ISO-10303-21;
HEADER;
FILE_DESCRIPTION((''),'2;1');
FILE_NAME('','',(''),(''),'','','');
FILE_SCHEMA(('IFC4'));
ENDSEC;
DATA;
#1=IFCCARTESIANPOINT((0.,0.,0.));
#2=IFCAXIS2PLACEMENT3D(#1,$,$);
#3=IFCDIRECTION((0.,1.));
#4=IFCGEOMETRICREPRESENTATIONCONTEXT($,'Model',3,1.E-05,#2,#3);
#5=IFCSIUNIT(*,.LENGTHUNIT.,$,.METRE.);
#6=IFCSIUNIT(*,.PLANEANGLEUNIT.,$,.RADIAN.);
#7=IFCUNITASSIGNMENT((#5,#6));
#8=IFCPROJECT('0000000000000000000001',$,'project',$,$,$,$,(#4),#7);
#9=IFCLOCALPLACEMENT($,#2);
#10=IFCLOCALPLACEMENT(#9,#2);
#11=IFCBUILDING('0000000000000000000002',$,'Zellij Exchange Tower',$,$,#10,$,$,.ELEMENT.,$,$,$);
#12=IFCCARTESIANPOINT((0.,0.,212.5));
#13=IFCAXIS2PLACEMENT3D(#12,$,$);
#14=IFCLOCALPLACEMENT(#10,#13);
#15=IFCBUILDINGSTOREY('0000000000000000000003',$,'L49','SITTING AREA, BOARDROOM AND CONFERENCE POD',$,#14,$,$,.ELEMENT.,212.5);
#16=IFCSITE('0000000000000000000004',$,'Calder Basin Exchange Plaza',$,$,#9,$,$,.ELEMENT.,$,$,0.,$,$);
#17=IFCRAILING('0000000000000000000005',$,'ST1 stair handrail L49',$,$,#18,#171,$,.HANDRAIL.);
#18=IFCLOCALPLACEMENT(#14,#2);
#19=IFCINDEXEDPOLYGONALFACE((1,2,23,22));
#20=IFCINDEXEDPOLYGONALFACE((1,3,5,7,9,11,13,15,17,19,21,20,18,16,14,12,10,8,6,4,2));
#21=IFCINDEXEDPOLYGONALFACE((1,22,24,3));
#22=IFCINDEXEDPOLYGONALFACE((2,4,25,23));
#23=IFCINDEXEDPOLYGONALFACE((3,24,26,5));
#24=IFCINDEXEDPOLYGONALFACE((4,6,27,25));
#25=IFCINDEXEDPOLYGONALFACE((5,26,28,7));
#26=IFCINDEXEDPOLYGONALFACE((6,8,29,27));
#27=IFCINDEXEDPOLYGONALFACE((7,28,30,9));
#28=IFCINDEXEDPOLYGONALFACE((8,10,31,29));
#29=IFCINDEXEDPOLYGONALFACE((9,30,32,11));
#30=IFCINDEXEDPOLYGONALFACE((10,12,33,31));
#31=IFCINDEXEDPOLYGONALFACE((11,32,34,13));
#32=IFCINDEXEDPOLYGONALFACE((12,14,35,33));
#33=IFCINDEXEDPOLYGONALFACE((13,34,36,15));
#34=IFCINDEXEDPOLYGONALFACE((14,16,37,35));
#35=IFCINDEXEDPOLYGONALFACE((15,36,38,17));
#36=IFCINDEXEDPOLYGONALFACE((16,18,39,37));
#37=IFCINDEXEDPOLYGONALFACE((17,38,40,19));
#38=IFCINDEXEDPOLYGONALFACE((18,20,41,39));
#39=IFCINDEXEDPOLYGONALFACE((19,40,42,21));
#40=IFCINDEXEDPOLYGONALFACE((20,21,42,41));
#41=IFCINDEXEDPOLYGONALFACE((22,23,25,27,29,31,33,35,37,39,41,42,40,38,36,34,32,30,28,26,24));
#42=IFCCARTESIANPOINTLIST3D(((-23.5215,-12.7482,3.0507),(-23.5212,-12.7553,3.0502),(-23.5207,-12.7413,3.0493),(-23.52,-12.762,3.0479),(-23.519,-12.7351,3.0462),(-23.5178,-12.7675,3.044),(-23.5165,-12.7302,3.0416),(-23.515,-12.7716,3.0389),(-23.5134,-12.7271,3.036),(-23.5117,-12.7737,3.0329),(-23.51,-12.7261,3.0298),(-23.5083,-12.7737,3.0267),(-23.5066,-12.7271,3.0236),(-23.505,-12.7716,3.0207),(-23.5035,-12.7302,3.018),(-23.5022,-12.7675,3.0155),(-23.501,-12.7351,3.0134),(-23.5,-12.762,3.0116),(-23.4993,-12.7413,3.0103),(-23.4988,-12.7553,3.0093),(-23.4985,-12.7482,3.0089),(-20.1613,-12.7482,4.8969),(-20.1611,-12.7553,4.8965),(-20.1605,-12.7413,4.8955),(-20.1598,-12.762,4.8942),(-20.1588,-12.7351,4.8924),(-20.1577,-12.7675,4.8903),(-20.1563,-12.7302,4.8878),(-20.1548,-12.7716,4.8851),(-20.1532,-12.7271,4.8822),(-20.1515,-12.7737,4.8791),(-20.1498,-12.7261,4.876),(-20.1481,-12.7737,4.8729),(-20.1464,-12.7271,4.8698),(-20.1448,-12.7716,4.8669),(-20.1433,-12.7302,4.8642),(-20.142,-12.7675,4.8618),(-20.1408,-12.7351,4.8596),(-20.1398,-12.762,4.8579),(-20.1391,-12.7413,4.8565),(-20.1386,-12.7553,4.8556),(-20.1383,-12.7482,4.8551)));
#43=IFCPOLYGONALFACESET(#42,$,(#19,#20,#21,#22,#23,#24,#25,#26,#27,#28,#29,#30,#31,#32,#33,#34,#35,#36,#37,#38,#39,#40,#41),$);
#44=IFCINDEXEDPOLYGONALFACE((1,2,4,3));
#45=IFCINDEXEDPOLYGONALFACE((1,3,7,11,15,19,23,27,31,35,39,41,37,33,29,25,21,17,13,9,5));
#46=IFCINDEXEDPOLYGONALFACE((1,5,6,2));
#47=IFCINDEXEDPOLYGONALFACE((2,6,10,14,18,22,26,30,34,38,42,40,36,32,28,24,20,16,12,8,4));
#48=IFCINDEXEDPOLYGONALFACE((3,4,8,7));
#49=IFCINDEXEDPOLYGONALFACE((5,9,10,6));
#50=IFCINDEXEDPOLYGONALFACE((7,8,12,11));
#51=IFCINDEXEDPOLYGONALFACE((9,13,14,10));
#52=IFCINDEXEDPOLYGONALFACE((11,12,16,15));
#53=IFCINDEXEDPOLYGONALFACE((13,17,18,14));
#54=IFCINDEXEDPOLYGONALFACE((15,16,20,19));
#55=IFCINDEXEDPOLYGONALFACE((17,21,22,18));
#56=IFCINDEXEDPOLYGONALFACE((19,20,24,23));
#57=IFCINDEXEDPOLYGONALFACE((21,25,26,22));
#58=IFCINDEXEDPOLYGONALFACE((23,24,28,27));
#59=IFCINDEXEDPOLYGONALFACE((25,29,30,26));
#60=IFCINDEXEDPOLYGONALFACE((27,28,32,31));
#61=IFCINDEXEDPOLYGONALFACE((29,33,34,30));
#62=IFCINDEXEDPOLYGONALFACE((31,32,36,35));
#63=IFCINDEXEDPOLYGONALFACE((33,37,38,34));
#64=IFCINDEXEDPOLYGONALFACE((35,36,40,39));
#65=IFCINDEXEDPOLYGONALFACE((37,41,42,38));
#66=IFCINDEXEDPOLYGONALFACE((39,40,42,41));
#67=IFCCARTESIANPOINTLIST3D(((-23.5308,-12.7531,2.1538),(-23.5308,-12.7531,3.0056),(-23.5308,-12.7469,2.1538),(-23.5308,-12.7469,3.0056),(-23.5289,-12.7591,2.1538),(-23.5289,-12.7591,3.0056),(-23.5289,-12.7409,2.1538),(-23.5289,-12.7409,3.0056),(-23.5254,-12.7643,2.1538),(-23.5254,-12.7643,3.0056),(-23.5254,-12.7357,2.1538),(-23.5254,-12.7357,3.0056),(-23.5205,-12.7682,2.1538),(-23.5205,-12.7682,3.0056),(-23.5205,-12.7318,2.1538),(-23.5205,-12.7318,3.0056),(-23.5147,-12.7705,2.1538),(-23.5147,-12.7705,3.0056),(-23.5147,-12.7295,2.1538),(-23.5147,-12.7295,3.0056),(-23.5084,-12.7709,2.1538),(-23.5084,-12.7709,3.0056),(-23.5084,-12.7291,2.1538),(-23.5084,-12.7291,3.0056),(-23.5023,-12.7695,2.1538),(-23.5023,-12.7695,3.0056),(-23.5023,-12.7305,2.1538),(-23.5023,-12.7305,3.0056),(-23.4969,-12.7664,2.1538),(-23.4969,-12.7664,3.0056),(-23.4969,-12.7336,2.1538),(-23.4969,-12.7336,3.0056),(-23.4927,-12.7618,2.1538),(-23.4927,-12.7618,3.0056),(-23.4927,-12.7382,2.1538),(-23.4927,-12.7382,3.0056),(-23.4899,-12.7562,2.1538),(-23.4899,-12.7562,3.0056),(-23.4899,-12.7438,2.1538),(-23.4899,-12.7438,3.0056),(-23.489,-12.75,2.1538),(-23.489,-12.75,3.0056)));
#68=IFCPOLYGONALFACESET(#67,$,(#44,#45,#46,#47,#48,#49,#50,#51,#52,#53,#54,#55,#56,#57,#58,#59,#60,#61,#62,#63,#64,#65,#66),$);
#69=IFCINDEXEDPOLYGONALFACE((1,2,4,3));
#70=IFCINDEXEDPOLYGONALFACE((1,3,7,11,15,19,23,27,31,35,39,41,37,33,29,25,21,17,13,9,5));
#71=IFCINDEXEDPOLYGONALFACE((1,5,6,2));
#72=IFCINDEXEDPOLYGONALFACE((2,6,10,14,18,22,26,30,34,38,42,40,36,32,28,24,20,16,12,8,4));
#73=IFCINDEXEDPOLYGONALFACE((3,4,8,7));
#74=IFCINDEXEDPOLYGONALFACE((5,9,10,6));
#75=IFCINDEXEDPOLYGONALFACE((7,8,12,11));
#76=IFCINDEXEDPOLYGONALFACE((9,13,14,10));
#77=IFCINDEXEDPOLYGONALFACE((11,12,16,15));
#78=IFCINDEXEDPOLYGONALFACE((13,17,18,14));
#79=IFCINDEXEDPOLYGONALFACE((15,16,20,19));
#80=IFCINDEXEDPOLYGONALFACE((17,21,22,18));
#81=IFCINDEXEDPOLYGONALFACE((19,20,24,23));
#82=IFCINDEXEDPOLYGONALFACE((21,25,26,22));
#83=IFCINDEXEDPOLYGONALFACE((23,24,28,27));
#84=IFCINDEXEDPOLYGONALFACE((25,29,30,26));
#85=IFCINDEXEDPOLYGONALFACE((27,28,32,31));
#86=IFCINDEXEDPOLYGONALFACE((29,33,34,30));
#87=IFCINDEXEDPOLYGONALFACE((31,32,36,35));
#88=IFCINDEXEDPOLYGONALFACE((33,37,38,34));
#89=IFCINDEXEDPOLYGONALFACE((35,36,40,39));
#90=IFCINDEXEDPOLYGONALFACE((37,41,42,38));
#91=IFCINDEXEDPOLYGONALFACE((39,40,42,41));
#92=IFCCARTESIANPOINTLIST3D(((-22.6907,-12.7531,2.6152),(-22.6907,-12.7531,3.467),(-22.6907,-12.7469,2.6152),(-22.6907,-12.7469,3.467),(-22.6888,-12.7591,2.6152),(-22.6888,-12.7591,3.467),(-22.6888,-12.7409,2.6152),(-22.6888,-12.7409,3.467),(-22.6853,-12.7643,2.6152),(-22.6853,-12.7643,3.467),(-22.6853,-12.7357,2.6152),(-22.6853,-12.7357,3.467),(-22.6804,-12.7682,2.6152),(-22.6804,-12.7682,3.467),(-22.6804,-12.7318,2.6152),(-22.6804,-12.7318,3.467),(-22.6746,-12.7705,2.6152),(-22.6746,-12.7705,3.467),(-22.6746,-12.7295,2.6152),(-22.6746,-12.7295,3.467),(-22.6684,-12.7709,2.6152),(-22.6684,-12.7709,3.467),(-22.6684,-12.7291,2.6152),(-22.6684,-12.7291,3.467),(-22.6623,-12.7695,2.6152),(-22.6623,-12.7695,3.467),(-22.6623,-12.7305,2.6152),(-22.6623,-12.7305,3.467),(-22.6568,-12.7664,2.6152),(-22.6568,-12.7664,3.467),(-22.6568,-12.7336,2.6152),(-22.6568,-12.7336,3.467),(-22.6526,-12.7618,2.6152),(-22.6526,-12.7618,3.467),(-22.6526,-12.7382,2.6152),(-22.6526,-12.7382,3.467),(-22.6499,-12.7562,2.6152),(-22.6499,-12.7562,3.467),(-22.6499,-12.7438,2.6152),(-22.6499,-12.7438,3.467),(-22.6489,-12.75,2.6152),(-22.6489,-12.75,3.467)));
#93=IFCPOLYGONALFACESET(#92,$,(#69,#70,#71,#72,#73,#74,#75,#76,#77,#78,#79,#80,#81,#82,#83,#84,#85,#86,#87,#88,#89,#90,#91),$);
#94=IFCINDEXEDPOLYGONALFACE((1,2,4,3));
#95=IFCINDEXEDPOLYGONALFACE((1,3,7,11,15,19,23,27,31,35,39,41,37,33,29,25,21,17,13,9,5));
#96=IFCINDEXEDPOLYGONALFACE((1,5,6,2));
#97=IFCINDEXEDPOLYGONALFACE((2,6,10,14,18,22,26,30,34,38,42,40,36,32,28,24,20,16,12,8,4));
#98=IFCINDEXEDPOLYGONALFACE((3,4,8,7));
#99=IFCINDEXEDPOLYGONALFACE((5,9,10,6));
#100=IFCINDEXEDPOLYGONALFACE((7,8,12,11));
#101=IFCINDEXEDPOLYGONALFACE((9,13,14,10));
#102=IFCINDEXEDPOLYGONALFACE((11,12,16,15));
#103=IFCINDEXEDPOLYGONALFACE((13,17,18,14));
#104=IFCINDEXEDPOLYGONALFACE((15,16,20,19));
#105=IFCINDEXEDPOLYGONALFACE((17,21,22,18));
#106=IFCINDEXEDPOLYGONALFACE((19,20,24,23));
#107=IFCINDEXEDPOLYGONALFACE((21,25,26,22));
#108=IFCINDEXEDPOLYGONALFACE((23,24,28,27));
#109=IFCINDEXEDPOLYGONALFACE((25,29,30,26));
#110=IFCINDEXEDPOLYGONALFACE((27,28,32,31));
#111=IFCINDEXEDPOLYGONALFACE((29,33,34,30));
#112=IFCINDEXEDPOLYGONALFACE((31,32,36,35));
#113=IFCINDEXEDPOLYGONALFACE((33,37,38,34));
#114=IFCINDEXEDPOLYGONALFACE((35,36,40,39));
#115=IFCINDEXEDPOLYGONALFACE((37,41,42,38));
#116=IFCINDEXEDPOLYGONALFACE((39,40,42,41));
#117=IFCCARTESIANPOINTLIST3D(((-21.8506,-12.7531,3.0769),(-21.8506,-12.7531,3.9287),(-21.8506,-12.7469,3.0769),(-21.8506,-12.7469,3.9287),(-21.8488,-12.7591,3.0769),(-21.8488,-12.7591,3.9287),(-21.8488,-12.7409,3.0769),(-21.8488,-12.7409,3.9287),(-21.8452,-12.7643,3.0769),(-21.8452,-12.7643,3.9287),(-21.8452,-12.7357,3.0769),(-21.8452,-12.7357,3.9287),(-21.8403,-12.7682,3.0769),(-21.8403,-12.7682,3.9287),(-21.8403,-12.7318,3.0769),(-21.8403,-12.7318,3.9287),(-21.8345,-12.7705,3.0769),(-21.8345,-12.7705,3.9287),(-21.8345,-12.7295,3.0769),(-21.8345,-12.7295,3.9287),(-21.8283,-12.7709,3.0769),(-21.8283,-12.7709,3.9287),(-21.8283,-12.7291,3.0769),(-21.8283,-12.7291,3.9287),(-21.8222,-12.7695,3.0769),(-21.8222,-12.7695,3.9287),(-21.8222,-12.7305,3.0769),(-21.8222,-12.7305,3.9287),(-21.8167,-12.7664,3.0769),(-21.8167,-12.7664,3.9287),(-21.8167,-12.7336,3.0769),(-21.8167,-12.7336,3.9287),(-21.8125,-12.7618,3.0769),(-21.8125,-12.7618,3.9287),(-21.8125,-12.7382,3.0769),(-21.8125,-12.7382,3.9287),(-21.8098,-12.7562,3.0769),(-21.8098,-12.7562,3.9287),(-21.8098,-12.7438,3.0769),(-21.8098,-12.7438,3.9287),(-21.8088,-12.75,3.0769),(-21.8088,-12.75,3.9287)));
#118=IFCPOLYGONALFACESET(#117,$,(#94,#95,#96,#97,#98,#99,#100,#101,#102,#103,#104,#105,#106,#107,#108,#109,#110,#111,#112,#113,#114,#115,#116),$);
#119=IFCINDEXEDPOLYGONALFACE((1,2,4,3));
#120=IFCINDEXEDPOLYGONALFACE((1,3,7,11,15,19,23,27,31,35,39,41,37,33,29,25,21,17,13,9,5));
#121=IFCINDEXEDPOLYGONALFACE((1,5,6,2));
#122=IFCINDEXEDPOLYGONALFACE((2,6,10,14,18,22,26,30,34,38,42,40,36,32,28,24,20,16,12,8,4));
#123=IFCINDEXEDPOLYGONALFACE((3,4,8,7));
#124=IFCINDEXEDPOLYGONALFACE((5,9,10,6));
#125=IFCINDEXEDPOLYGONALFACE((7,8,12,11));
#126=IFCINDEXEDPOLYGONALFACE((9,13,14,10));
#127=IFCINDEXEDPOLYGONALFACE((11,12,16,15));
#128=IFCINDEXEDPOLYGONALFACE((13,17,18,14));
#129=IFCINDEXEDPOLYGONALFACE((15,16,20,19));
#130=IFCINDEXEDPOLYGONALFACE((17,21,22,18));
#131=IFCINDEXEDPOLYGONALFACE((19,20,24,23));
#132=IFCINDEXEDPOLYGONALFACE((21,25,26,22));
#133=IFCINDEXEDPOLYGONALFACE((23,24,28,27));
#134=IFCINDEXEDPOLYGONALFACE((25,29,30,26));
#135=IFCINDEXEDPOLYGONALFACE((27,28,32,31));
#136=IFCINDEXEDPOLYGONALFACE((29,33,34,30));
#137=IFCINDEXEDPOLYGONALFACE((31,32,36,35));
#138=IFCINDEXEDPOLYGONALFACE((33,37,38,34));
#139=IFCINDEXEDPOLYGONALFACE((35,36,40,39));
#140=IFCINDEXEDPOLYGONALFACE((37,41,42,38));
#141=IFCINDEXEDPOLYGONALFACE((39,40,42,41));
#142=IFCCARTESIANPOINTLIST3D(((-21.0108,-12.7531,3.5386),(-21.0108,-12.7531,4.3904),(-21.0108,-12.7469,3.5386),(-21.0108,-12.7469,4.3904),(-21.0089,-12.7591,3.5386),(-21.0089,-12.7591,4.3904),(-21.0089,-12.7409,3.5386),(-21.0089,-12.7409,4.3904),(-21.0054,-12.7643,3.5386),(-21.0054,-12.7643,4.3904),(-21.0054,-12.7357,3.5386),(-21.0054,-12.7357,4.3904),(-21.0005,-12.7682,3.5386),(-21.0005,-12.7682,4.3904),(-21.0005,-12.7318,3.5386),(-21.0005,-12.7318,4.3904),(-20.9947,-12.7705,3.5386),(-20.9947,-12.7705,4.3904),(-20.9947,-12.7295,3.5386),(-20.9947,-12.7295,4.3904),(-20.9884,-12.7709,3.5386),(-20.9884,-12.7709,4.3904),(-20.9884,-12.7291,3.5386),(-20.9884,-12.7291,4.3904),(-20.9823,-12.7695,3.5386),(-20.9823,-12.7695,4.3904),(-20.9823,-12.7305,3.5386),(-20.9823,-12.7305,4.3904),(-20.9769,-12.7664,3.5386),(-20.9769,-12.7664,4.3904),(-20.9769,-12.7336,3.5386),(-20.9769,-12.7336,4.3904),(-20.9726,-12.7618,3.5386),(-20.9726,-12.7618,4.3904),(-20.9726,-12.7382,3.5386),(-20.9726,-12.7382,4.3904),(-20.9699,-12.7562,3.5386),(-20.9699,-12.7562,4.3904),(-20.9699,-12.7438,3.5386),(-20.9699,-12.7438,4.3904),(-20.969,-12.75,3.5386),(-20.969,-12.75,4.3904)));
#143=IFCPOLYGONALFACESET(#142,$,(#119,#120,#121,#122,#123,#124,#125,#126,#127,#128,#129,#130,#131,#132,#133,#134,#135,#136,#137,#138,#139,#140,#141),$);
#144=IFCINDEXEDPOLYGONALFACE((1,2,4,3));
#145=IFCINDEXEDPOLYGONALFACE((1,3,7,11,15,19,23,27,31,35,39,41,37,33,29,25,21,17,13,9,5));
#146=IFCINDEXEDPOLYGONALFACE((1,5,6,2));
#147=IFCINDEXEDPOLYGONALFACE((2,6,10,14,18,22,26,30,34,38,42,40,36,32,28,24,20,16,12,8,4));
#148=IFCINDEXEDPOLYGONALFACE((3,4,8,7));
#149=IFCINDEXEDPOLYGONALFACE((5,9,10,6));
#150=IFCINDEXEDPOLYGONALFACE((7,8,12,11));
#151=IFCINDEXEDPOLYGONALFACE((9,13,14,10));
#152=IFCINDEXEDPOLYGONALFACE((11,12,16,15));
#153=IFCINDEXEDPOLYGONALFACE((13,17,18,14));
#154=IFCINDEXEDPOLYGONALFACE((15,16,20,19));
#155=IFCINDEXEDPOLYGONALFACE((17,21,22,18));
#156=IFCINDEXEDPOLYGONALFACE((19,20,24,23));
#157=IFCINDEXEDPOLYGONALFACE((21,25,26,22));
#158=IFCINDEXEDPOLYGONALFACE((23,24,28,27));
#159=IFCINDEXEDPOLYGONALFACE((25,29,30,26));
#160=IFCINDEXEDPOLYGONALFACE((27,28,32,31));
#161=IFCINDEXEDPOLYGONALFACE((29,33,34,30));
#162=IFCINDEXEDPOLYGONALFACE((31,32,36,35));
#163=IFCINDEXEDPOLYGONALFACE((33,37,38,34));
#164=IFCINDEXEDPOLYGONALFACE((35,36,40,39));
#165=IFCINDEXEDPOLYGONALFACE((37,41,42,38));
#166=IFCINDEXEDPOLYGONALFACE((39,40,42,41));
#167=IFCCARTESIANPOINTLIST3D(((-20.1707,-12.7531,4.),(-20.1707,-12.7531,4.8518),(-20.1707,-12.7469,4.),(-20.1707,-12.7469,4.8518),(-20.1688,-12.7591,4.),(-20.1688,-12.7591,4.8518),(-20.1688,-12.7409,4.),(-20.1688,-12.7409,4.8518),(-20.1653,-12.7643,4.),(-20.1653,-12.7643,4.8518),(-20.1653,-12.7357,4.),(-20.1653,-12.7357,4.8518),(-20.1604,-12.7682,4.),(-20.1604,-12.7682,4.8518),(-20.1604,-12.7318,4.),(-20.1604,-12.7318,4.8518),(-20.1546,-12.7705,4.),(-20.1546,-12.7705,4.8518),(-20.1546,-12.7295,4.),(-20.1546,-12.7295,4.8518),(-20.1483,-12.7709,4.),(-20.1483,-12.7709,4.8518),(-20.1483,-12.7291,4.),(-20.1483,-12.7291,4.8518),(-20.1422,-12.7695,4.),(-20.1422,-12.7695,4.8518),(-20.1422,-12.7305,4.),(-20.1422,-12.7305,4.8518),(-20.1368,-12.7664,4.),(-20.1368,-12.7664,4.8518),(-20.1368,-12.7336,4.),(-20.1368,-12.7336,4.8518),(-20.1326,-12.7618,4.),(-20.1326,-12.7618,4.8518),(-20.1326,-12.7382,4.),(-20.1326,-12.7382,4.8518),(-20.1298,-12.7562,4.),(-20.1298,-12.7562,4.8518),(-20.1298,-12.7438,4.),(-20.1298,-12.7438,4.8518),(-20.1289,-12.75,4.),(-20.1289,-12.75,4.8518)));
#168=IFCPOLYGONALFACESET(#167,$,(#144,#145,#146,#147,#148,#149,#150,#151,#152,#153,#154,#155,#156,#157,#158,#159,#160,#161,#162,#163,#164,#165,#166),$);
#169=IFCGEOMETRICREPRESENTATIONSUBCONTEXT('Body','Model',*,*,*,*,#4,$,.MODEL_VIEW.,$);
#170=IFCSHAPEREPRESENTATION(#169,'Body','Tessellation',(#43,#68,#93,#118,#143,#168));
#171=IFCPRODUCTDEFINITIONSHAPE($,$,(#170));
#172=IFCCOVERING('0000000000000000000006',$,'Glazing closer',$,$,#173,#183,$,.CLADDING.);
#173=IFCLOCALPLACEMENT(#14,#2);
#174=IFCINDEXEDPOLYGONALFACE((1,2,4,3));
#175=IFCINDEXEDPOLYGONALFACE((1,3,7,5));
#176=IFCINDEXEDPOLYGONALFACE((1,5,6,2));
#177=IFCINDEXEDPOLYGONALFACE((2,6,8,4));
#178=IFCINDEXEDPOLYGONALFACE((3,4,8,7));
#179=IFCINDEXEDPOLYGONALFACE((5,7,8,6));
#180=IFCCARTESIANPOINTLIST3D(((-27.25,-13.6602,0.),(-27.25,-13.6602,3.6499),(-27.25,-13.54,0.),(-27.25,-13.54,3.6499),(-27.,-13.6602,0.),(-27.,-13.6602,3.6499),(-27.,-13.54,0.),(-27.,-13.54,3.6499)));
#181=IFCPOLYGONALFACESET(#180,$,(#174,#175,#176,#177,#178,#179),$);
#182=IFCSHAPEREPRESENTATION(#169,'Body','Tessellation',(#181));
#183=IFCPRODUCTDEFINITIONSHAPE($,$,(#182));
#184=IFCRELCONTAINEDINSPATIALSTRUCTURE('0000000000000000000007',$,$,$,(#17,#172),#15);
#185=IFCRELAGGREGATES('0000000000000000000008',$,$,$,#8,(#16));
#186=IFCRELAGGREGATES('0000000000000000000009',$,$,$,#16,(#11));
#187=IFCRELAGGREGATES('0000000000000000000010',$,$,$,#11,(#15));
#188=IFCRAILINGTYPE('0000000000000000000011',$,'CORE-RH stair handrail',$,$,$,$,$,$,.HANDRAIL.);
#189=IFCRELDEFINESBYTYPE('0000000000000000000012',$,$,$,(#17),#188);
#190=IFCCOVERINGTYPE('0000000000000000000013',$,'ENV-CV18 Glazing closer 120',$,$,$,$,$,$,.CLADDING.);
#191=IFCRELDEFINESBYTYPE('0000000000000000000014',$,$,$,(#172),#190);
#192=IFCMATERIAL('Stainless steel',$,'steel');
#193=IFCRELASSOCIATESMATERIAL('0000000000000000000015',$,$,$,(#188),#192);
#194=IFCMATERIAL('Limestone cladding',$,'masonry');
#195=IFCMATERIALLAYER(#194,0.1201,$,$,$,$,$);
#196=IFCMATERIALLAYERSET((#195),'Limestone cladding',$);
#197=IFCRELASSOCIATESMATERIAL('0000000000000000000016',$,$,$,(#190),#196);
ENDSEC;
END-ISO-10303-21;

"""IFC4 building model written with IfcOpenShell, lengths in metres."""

from ifc_helpers import new_model, si_unit, direction, frame, origin, origin_2d, place, context, subcontext, project, spatial, rectangle, circle, extrude, material, layer, layer_set, type_object, element, save


model = new_model("IFC4")

# Units and contexts
model_context = context("Model", 3, precision=1e-05, world=origin(), true_north=direction((0.0, 1.0)))
body_context = subcontext(model_context, "Body", "Model", "MODEL_VIEW")
ifc_project = project(units=[si_unit("LENGTHUNIT", "METRE"), si_unit("PLANEANGLEUNIT", "RADIAN")], contexts=[model_context])

# Site, building, storey
site_placement = place(None, origin())
site = spatial("IfcSite", under=ifc_project, at=site_placement, Name="Calder Basin Exchange Plaza", CompositionType="ELEMENT", RefElevation=0.0)
building_placement = place(site_placement, origin())
building = spatial("IfcBuilding", under=site, at=building_placement, Name="Zellij Exchange Tower", CompositionType="ELEMENT")
storey_placement = place(building_placement, frame((0.0, 0.0, 212.5)))
storey = spatial("IfcBuildingStorey", under=building, at=storey_placement, Name="L49", Description="SITTING AREA, BOARDROOM AND CONFERENCE POD", CompositionType="ELEMENT", Elevation=212.5)

# Railing
ifc_material_1 = material(Name="Stainless steel", Category="steel")
railing_type_1 = type_object("IfcRailingType", Name="CORE-RH stair handrail", PredefinedType="HANDRAIL", material=ifc_material_1)
railing_1_placement = place(storey_placement, frame((-23.51, -12.75, 2.1538)))
element("IfcRailing", 1, at=railing_1_placement, inside=storey, type_object=railing_type_1, Name="ST1 stair handrail L49", PredefinedType="HANDRAIL", context=body_context, shape_type="SweptSolid", body=[
    extrude(circle(Radius=0.0239, at=origin_2d()), frame((0.0, 0.0, 0.876), z_axis=(0.876422, 0.0, 0.481545), x_axis=(0.0, 1.0, 0.0)), (0.0, 0.0, 1.0), 3.834),
    extrude(circle(Radius=0.021, at=origin_2d()), origin(), (0.0, 0.0, 1.0), 0.8518),
    extrude(circle(Radius=0.021, at=origin_2d()), frame((0.8401, 0.0, 0.4614)), (0.0, 0.0, 1.0), 0.8518),
    extrude(circle(Radius=0.021, at=origin_2d()), frame((1.6802, 0.0, 0.9231)), (0.0, 0.0, 1.0), 0.8518),
    extrude(circle(Radius=0.021, at=origin_2d()), frame((2.52, 0.0, 1.3848)), (0.0, 0.0, 1.0), 0.8518),
    extrude(circle(Radius=0.021, at=origin_2d()), frame((3.3601, 0.0, 1.8462)), (0.0, 0.0, 1.0), 0.8518),
])

# Covering
ifc_material_2 = material(Name="Limestone cladding", Category="masonry")
ifc_layer_1 = layer(ifc_material_2, 0.1201)
ifc_layer_set_1 = layer_set([ifc_layer_1], Name="Limestone cladding")
covering_type = type_object("IfcCoveringType", Name="ENV-CV18 Glazing closer 120", PredefinedType="CLADDING", material=ifc_layer_set_1)
covering_placement = place(storey_placement, frame((-27.125, -13.6001, 0.0), z_axis=(0.0, 0.0, 1.0), x_axis=(1.0, 0.0, 0.0)))
element("IfcCovering", 2, at=covering_placement, inside=storey, type_object=covering_type, Name="Glazing closer", PredefinedType="CLADDING", context=body_context, shape_type="SweptSolid", body=[
    extrude(rectangle(XDim=0.25, YDim=0.1201, at=origin_2d()), origin(), (0.0, 0.0, 1.0), 3.6499),
])

save(model, "model.ifc")
